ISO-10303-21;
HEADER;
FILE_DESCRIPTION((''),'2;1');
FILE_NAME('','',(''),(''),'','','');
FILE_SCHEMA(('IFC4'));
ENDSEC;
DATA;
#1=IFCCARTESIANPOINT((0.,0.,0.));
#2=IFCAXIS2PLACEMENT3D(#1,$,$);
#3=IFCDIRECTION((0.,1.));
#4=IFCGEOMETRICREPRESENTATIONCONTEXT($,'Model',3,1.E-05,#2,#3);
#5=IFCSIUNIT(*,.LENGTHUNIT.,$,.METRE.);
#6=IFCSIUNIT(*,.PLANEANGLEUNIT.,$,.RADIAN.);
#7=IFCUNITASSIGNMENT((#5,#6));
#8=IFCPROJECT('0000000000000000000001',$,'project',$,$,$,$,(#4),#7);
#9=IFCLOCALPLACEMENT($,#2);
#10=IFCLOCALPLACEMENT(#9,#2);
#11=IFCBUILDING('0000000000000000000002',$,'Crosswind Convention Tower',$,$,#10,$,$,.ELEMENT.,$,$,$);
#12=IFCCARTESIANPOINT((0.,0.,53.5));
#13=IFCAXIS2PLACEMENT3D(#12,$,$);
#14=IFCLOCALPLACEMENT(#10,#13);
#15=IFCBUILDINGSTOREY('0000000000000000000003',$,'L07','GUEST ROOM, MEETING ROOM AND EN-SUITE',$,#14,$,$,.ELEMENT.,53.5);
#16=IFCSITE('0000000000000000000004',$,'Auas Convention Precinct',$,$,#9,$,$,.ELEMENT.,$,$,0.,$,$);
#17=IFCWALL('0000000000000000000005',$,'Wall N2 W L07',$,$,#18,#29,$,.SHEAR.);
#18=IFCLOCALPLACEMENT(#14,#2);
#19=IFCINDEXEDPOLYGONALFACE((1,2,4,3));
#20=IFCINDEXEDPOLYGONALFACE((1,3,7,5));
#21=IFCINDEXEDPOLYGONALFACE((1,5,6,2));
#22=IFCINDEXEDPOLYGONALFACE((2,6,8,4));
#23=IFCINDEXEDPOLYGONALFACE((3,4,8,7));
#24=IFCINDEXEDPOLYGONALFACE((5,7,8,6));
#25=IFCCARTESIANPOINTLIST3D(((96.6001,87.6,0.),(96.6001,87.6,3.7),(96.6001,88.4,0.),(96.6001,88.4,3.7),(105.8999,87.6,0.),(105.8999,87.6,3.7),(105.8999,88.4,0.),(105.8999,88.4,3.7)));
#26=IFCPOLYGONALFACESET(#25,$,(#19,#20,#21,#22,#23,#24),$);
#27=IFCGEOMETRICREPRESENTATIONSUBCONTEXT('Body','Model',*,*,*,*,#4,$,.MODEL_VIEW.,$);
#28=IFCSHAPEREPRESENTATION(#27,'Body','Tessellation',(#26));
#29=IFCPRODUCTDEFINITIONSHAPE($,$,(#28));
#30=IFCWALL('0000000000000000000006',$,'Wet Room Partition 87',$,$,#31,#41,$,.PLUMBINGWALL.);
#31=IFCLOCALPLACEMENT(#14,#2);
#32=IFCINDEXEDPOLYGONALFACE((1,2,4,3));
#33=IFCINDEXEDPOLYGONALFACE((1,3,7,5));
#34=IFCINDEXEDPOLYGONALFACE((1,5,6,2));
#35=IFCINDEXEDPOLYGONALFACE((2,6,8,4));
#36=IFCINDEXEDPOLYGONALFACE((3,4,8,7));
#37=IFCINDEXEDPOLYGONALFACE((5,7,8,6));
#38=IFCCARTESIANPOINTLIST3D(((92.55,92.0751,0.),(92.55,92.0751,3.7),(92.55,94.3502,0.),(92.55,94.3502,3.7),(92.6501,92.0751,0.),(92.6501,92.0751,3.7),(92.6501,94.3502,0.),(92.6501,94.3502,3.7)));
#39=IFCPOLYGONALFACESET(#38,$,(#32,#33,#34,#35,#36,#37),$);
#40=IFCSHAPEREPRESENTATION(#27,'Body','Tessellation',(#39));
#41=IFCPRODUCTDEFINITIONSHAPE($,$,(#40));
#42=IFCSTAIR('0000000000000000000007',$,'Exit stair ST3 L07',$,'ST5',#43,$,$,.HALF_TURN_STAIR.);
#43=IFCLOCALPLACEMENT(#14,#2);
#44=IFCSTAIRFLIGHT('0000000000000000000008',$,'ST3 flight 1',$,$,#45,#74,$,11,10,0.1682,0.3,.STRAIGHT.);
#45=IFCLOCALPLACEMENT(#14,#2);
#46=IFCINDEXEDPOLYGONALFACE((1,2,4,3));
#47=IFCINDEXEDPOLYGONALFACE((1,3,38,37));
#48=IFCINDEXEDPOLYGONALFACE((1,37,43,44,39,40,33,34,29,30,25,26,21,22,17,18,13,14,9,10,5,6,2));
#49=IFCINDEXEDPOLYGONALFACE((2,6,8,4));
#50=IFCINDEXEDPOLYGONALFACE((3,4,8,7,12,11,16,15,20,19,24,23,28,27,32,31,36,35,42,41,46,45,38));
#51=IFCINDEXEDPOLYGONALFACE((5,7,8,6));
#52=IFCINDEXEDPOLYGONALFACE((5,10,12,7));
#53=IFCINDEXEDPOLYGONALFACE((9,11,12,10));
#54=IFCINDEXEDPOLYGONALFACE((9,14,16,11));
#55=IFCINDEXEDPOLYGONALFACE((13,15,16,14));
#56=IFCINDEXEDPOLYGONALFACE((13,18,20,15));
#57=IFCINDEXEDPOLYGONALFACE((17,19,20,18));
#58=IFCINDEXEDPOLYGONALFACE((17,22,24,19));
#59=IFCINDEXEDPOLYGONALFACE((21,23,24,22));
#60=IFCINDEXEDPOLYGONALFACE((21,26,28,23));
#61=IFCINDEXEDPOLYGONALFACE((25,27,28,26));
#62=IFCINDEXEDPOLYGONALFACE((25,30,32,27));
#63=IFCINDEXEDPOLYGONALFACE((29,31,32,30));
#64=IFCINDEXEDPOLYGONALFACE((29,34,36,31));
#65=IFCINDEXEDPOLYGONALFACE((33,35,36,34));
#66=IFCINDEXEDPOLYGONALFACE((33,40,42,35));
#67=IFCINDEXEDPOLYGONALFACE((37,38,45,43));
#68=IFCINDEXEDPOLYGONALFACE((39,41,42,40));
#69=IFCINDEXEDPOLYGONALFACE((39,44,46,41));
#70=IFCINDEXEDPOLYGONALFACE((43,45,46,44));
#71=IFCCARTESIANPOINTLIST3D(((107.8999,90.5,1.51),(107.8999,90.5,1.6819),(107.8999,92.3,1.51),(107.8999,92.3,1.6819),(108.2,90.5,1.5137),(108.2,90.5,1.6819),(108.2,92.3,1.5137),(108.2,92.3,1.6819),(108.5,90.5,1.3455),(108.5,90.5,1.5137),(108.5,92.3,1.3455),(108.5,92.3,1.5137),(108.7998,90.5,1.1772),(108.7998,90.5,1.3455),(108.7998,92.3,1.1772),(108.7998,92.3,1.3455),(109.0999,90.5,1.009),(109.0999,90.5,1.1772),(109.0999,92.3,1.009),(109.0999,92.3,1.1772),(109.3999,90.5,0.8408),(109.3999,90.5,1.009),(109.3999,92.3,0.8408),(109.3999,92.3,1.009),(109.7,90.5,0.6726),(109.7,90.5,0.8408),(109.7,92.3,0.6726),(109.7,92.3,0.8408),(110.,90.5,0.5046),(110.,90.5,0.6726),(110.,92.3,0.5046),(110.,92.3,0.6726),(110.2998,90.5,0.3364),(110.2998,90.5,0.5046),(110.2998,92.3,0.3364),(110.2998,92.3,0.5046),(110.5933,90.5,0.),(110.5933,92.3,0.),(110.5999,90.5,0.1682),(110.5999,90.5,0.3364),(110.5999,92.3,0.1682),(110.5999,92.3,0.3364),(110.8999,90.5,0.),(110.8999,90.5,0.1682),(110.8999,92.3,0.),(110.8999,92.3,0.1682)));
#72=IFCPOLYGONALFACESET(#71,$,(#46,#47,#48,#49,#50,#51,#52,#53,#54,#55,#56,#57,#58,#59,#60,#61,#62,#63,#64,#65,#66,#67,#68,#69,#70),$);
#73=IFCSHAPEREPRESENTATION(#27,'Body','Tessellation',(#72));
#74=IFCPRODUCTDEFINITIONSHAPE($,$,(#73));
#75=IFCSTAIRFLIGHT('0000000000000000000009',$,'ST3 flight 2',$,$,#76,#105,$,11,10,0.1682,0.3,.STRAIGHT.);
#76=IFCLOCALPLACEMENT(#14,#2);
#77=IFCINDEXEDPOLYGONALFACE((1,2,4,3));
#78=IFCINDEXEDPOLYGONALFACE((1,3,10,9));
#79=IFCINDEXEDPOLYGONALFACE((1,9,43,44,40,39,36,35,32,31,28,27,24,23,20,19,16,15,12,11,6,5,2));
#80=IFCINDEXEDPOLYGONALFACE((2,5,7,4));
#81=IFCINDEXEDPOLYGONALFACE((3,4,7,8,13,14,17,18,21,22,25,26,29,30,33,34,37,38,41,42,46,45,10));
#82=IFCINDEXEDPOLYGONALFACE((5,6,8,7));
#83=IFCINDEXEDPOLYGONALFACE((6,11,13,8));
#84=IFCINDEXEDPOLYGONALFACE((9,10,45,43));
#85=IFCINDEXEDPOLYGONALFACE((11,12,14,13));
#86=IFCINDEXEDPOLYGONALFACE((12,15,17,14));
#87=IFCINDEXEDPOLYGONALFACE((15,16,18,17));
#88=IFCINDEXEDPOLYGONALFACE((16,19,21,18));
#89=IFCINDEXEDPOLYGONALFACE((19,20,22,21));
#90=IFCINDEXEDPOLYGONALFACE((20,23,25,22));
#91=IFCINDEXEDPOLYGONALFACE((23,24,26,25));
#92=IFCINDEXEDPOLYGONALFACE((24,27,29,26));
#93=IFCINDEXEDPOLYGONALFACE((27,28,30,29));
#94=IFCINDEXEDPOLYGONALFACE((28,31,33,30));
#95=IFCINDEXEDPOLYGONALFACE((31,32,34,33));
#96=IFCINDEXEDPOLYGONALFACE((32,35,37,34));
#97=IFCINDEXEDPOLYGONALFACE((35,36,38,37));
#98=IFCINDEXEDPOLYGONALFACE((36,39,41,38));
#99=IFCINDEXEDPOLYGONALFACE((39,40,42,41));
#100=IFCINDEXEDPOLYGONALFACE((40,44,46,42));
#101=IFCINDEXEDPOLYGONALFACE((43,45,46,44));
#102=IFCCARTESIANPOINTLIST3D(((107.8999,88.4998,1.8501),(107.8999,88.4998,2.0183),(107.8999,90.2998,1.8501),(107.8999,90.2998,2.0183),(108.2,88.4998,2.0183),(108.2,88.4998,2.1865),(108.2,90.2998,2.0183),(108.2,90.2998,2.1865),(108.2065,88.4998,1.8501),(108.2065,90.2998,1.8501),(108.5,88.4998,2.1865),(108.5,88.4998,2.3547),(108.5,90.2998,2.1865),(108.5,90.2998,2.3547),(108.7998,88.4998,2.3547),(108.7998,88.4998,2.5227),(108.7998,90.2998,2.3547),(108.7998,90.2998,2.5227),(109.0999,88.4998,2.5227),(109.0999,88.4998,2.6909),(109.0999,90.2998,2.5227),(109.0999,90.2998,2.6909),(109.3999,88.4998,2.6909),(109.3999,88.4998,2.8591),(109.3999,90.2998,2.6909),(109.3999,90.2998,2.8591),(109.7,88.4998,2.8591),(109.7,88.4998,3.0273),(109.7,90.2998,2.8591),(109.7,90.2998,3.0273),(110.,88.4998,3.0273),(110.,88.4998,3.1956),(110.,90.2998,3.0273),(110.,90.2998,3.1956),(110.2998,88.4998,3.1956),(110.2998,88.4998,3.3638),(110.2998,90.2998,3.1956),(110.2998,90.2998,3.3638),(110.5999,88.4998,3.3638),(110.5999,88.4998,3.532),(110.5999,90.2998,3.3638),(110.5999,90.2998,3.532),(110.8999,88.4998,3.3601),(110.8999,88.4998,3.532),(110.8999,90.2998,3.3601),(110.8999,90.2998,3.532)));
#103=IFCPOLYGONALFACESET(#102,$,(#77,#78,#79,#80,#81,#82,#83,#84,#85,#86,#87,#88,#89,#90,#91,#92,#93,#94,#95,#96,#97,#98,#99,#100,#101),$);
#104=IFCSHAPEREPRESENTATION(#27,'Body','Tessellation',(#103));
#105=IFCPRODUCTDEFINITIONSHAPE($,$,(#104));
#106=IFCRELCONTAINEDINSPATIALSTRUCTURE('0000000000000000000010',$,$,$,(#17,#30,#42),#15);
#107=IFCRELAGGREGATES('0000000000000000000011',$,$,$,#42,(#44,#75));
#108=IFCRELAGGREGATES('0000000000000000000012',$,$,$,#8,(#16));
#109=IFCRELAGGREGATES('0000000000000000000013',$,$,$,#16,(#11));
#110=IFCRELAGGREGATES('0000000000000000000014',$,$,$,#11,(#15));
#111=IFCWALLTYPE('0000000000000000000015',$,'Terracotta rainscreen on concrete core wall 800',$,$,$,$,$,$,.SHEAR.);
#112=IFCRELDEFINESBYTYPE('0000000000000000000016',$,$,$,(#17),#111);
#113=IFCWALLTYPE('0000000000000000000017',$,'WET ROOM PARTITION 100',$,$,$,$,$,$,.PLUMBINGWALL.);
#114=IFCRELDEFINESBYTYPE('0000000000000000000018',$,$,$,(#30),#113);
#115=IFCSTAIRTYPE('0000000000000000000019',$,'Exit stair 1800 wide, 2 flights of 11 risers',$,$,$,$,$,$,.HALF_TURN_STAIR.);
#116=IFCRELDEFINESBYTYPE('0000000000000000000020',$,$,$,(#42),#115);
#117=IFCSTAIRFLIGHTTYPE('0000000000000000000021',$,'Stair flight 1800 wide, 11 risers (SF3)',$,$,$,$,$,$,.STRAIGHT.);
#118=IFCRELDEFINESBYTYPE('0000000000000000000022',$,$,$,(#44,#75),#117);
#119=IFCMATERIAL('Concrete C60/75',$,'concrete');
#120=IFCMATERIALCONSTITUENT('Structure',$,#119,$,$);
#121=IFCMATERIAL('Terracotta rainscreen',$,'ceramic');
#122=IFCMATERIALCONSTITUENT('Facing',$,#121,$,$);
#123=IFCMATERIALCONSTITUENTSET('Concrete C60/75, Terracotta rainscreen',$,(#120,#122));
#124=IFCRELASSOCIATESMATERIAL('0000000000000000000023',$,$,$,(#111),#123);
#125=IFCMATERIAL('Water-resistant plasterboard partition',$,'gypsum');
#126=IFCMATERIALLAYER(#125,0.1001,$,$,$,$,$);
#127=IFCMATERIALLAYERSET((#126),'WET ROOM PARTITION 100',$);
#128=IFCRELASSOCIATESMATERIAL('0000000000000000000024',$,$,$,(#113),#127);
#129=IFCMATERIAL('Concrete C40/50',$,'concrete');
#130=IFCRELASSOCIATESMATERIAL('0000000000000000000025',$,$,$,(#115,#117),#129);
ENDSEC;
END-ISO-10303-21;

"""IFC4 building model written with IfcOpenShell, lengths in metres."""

from ifc_helpers import new_model, si_unit, direction, frame, frame_2d, origin, place, context, subcontext, project, spatial, polyline, rectangle, outline, extrude, material, layer, layer_set, constituent, constituent_set, type_object, element, aggregate, save


model = new_model("IFC4")

# Units and contexts
model_context = context("Model", 3, precision=1e-05, world=origin(), true_north=direction((0.0, 1.0)))
body_context = subcontext(model_context, "Body", "Model", "MODEL_VIEW")
ifc_project = project(units=[si_unit("LENGTHUNIT", "METRE"), si_unit("PLANEANGLEUNIT", "RADIAN")], contexts=[model_context])

# Site, building, storey
site_placement = place(None, origin())
site = spatial("IfcSite", under=ifc_project, at=site_placement, Name="Auas Convention Precinct", CompositionType="ELEMENT", RefElevation=0.0)
building_placement = place(site_placement, origin())
building = spatial("IfcBuilding", under=site, at=building_placement, Name="Crosswind Convention Tower", CompositionType="ELEMENT")
storey_placement = place(building_placement, frame((0.0, 0.0, 53.5)))
storey = spatial("IfcBuildingStorey", under=building, at=storey_placement, Name="L07", Description="GUEST ROOM, MEETING ROOM AND EN-SUITE", CompositionType="ELEMENT", Elevation=53.5)

# Shared definitions
ifc_material_1 = material(Name="Terracotta rainscreen", Category="ceramic")

# Walls
ifc_material_2 = material(Name="Concrete C60/75", Category="concrete")
ifc_constituent_1 = constituent(ifc_material_2, Name="Structure")
ifc_constituent_2 = constituent(ifc_material_1, Name="Facing")
ifc_constituent_set = constituent_set(constituents=[ifc_constituent_1, ifc_constituent_2], Name="Concrete C60/75, Terracotta rainscreen")
wall_type_1 = type_object("IfcWallType", Name="Terracotta rainscreen on concrete core wall 800", PredefinedType="SHEAR", material=ifc_constituent_set)
wall_1_placement = place(storey_placement, frame((105.8999, 88.0, 0.0), z_axis=(0.0, 0.0, 1.0), x_axis=(-1.0, 0.0, 0.0)))
element("IfcWall", 1, at=wall_1_placement, inside=storey, type_object=wall_type_1, Name="Wall N2 W L07", PredefinedType="SHEAR", context=body_context, shape_type="SweptSolid", body=[
    extrude(rectangle(XDim=9.2998, YDim=0.8, at=frame_2d((4.6499, 0.0))), origin(), (0.0, 0.0, 1.0), 3.7),
])
ifc_material_3 = material(Name="Water-resistant plasterboard partition", Category="gypsum")
ifc_layer_1 = layer(ifc_material_3, 0.1001)
ifc_layer_set_1 = layer_set([ifc_layer_1], Name="WET ROOM PARTITION 100")
wall_type_2 = type_object("IfcWallType", Name="WET ROOM PARTITION 100", PredefinedType="PLUMBINGWALL", material=ifc_layer_set_1)
wall_2_placement = place(storey_placement, frame((92.6001, 92.075, 0.0), z_axis=(0.0, 0.0, 1.0), x_axis=(0.0, 1.0, 0.0)))
element("IfcWall", 2, at=wall_2_placement, inside=storey, type_object=wall_type_2, Name="Wet Room Partition 87", PredefinedType="PLUMBINGWALL", context=body_context, shape_type="SweptSolid", body=[
    extrude(rectangle(XDim=2.2751, YDim=0.1001, at=frame_2d((1.1377, 0.0))), origin(), (0.0, 0.0, 1.0), 3.7),
])

# Stair, stair flights
ifc_material_4 = material(Name="Concrete C40/50", Category="concrete")
stair_type = type_object("IfcStairType", Name="Exit stair 1800 wide, 2 flights of 11 risers", PredefinedType="HALF_TURN_STAIR", material=ifc_material_4)
stair_placement = place(storey_placement, origin())
stair = element("IfcStair", 3, at=stair_placement, inside=storey, type_object=stair_type, Name="Exit stair ST3 L07", ObjectType="ST5", PredefinedType="HALF_TURN_STAIR")
stair_flight_type = type_object("IfcStairFlightType", Name="Stair flight 1800 wide, 11 risers (SF3)", PredefinedType="STRAIGHT", material=ifc_material_4)
stair_flight_1_placement = place(storey_placement, frame((110.8999, 91.3999, 0.0), z_axis=(0.0, 0.0, 1.0), x_axis=(-1.0, 0.0, 0.0)))
stair_flight_1 = element("IfcStairFlight", 4, at=stair_flight_1_placement, type_object=stair_flight_type, Name="ST3 flight 1", NumberOfRisers=11, NumberOfTreads=10, PredefinedType="STRAIGHT", RiserHeight=0.1682, TreadLength=0.3, context=body_context, shape_type="SweptSolid", body=[
    extrude(outline(polyline([(0.0, 0.0), (0.0, 0.1682), (0.3, 0.1682), (0.3, 0.3364), (0.6001, 0.3364), (0.6001, 0.5046), (0.8999, 0.5046), (0.8999, 0.6726), (1.2, 0.6726), (1.2, 0.8408), (1.5, 0.8408), (1.5, 1.009), (1.8, 1.009), (1.8, 1.1772), (2.1001, 1.1772), (2.1001, 1.3455), (2.3999, 1.3455), (2.3999, 1.5137), (2.7, 1.5137), (2.7, 1.6819), (3.0, 1.6819), (3.0, 1.8501), (3.0, 1.51), (0.3066, 0.0), (0.0, 0.0)])), frame((0.0, 0.8999, 0.0), z_axis=(0.0, -1.0, 0.0), x_axis=(1.0, 0.0, 0.0)), (0.0, 0.0, 1.0), 1.8),
])
stair_flight_2_placement = place(storey_placement, frame((107.8999, 89.3999, 1.8501), z_axis=(0.0, 0.0, 1.0), x_axis=(1.0, 0.0, 0.0)))
stair_flight_2 = element("IfcStairFlight", 5, at=stair_flight_2_placement, type_object=stair_flight_type, Name="ST3 flight 2", NumberOfRisers=11, NumberOfTreads=10, PredefinedType="STRAIGHT", RiserHeight=0.1682, TreadLength=0.3, context=body_context, shape_type="SweptSolid", body=[
    extrude(outline(polyline([(0.0, 0.0), (0.0, 0.1682), (0.3, 0.1682), (0.3, 0.3364), (0.6001, 0.3364), (0.6001, 0.5046), (0.8999, 0.5046), (0.8999, 0.6726), (1.2, 0.6726), (1.2, 0.8408), (1.5, 0.8408), (1.5, 1.009), (1.8, 1.009), (1.8, 1.1772), (2.1001, 1.1772), (2.1001, 1.3455), (2.3999, 1.3455), (2.3999, 1.5137), (2.7, 1.5137), (2.7, 1.6819), (3.0, 1.6819), (3.0, 1.8501), (3.0, 1.51), (0.3066, 0.0), (0.0, 0.0)])), frame((0.0, 0.8999, 0.0), z_axis=(0.0, -1.0, 0.0), x_axis=(1.0, 0.0, 0.0)), (0.0, 0.0, 1.0), 1.8),
])
aggregate(stair, [stair_flight_1, stair_flight_2])

save(model, "model.ifc")
